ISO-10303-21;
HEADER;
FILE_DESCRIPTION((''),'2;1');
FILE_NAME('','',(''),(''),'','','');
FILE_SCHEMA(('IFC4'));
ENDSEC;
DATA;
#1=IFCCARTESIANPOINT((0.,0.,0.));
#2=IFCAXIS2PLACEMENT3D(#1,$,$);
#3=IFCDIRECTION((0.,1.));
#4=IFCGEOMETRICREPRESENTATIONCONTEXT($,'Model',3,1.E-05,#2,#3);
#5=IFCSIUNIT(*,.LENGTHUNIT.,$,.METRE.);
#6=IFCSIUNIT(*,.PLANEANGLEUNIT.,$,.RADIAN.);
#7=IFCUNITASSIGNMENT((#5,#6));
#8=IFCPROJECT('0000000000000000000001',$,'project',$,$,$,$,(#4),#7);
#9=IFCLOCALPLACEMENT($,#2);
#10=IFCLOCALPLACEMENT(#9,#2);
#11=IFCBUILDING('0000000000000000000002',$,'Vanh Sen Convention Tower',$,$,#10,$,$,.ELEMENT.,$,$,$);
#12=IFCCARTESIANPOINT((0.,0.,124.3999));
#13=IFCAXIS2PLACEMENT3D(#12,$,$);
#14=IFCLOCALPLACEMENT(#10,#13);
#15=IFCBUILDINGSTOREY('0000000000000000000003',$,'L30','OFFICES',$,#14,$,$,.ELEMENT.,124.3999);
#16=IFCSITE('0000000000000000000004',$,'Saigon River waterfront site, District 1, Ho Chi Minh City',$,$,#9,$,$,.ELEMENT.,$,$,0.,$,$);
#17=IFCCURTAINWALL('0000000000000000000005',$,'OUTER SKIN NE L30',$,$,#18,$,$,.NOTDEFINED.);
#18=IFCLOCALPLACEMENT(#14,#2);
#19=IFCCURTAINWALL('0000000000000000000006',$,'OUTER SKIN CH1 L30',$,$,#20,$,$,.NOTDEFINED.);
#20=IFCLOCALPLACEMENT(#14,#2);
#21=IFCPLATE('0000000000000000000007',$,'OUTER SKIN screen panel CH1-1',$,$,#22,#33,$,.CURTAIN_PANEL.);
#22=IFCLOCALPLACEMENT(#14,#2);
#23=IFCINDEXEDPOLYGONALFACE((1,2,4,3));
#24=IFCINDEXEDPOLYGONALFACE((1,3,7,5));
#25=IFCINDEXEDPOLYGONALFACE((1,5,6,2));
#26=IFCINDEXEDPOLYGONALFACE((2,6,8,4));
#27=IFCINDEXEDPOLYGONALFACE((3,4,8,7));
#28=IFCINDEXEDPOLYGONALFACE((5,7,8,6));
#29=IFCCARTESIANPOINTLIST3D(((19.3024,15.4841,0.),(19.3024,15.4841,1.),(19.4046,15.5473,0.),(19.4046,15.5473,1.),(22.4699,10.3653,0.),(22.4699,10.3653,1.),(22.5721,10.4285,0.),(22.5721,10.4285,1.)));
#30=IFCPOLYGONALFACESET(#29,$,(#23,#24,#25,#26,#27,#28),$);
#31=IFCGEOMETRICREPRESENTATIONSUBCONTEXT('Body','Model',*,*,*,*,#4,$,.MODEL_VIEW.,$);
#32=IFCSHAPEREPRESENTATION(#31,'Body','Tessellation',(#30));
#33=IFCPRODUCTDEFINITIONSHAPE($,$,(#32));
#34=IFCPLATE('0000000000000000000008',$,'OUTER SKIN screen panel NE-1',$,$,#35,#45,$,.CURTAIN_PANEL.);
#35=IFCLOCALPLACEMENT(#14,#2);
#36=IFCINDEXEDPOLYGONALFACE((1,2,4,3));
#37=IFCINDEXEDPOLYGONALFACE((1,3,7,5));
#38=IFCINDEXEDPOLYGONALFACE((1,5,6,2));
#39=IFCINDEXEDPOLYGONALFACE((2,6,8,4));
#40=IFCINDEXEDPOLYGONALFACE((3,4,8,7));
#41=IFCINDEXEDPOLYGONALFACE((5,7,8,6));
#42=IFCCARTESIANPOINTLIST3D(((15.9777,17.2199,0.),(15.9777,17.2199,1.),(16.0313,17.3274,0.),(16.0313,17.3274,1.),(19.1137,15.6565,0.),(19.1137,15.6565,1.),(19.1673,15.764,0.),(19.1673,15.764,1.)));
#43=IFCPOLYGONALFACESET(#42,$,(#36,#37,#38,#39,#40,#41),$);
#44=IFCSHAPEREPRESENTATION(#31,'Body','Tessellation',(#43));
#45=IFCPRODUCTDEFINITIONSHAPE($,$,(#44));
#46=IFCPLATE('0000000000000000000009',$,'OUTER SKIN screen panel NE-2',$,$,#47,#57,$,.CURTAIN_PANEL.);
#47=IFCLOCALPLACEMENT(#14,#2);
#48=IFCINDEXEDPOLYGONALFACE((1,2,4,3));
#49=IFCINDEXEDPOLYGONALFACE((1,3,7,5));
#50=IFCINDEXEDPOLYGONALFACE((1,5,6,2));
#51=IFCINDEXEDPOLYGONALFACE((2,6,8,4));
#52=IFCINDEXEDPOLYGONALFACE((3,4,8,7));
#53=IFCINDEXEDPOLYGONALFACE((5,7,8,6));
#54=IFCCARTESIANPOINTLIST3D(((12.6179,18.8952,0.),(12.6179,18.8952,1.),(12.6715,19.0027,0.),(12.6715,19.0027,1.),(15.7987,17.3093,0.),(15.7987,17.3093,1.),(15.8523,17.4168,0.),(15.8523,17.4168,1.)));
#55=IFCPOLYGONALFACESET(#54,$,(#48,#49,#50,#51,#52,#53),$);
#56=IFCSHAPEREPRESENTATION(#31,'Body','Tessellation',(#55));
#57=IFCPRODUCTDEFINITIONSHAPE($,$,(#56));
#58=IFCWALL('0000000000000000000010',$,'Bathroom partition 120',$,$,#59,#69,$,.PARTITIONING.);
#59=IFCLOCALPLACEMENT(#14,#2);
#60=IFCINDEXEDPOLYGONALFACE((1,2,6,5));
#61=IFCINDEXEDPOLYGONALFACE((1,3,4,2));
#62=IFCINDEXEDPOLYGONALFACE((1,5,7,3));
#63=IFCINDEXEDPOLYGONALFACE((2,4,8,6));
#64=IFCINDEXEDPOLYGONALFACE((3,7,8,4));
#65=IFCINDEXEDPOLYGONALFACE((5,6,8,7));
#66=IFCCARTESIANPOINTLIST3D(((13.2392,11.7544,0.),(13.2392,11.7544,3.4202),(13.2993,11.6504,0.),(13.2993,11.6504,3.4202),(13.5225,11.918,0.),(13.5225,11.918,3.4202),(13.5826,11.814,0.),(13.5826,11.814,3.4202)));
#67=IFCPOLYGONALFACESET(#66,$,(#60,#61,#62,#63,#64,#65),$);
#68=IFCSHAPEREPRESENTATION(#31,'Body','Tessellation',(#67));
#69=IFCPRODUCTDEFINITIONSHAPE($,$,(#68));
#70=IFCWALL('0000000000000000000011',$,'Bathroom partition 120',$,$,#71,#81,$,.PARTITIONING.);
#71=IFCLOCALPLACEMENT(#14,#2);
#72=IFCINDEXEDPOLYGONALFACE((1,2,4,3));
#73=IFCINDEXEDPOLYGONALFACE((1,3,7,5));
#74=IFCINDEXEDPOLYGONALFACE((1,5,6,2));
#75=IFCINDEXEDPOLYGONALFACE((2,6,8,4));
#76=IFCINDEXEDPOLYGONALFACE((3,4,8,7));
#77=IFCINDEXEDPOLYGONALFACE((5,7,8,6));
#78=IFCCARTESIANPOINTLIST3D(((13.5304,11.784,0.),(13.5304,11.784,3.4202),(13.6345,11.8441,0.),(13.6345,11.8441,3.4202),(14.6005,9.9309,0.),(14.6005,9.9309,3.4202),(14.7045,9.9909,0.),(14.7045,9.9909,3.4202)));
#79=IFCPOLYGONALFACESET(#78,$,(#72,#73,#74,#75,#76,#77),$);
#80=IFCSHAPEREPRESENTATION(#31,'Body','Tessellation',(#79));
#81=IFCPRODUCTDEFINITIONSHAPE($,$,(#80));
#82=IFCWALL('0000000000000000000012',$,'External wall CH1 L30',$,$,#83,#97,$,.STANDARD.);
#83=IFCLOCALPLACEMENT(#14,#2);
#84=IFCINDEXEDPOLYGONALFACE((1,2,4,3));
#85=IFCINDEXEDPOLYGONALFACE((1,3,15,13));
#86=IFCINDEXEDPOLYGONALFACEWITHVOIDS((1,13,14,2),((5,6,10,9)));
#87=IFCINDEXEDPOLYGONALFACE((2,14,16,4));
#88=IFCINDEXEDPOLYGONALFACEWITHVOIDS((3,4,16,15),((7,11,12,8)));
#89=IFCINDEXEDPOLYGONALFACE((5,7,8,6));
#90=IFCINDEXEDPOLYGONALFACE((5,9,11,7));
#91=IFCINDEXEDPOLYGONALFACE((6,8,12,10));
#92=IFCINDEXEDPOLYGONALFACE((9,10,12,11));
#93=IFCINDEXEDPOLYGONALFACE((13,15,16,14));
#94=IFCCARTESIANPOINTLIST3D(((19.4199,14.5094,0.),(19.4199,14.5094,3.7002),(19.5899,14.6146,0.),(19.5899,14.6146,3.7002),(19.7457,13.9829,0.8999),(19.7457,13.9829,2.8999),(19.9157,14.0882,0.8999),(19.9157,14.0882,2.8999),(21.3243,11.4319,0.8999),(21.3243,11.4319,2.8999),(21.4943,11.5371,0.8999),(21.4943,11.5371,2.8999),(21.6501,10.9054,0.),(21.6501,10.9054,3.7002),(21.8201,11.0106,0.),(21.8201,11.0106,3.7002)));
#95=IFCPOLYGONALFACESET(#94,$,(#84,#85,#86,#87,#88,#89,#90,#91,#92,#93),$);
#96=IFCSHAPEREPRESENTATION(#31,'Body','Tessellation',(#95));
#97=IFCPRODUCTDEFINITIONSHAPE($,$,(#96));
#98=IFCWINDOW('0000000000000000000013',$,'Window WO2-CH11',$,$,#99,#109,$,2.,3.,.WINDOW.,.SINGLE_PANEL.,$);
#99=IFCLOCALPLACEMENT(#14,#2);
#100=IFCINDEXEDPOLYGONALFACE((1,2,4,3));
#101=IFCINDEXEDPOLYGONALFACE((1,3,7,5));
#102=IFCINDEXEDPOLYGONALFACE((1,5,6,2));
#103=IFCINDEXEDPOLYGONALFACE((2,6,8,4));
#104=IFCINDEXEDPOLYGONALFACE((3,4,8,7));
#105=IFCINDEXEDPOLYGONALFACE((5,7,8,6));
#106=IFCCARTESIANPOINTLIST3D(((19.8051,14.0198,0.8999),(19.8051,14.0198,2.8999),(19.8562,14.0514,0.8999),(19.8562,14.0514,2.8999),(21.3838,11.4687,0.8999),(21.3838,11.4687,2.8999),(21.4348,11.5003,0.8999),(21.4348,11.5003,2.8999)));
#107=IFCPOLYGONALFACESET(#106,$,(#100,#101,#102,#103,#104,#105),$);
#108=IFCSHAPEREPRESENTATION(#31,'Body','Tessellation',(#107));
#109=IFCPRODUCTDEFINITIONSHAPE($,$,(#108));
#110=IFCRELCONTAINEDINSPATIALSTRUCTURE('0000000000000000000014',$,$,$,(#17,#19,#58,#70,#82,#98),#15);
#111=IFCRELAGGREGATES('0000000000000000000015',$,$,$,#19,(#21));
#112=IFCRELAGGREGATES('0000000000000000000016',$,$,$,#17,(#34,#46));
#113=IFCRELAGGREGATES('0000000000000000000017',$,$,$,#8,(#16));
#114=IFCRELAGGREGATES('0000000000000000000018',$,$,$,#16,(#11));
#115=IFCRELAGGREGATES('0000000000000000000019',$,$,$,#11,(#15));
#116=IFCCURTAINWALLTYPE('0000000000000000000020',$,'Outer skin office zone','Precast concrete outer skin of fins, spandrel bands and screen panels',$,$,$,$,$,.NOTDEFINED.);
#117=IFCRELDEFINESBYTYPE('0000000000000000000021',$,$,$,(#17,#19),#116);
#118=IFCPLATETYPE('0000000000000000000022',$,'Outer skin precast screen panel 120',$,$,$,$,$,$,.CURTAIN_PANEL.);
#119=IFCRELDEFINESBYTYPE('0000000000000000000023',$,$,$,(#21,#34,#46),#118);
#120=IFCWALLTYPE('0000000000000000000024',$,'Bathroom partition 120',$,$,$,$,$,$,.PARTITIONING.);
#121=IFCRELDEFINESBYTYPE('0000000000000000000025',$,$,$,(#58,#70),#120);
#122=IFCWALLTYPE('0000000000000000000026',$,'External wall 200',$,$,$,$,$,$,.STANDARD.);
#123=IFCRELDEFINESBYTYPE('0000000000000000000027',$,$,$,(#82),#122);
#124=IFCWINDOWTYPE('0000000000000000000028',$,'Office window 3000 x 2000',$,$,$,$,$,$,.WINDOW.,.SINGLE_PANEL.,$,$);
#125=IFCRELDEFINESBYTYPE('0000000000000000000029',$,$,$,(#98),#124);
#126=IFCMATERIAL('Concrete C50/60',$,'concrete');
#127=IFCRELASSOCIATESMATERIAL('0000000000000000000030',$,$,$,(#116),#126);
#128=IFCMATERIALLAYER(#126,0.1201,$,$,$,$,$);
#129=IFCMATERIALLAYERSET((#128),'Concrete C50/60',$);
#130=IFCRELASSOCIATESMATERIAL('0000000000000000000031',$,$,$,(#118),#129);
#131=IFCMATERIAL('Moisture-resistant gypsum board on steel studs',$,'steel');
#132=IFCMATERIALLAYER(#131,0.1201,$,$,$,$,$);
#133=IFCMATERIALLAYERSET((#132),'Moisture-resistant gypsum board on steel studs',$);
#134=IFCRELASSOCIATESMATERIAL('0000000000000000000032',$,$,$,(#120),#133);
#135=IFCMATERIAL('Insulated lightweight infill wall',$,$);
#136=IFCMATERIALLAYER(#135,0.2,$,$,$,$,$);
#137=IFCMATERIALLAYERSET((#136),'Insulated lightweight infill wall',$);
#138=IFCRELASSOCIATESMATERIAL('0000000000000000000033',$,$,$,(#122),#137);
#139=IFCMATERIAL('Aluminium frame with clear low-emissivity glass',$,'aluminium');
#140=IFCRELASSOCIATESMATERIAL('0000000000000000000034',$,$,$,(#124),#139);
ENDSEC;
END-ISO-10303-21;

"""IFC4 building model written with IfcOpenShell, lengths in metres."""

from ifc_helpers import new_model, si_unit, direction, frame, frame_2d, origin, origin_2d, place, context, subcontext, project, spatial, rectangle, extrude, material, layer, layer_set, type_object, element, fill, aggregate, save


model = new_model("IFC4")

# Units and contexts
model_context = context("Model", 3, precision=1e-05, world=origin(), true_north=direction((0.0, 1.0)))
body_context = subcontext(model_context, "Body", "Model", "MODEL_VIEW")
ifc_project = project(units=[si_unit("LENGTHUNIT", "METRE"), si_unit("PLANEANGLEUNIT", "RADIAN")], contexts=[model_context])

# Site, building, storey
site_placement = place(None, origin())
site = spatial("IfcSite", under=ifc_project, at=site_placement, Name="Saigon River waterfront site, District 1, Ho Chi Minh City", CompositionType="ELEMENT", RefElevation=0.0)
building_placement = place(site_placement, origin())
building = spatial("IfcBuilding", under=site, at=building_placement, Name="Vanh Sen Convention Tower", CompositionType="ELEMENT")
storey_placement = place(building_placement, frame((0.0, 0.0, 124.3999)))
storey = spatial("IfcBuildingStorey", under=building, at=storey_placement, Name="L30", Description="OFFICES", CompositionType="ELEMENT", Elevation=124.3999)

# Curtain wall
ifc_material_1 = material(Name="Concrete C50/60", Category="concrete")
curtain_wall_type = type_object("IfcCurtainWallType", Name="Outer skin office zone", Description="Precast concrete outer skin of fins, spandrel bands and screen panels", PredefinedType="NOTDEFINED", material=ifc_material_1)
curtain_wall_1_placement = place(storey_placement, origin())
curtain_wall_1 = element("IfcCurtainWall", 1, at=curtain_wall_1_placement, inside=storey, type_object=curtain_wall_type, Name="OUTER SKIN NE L30", PredefinedType="NOTDEFINED")

# Curtain wall, plate
curtain_wall_2_placement = place(storey_placement, origin())
curtain_wall_2 = element("IfcCurtainWall", 2, at=curtain_wall_2_placement, inside=storey, type_object=curtain_wall_type, Name="OUTER SKIN CH1 L30", PredefinedType="NOTDEFINED")
ifc_layer_1 = layer(ifc_material_1, 0.1201)
ifc_layer_set_1 = layer_set([ifc_layer_1], Name="Concrete C50/60")
plate_type = type_object("IfcPlateType", Name="Outer skin precast screen panel 120", PredefinedType="CURTAIN_PANEL", material=ifc_layer_set_1)
plate_1_placement = place(storey_placement, frame((20.9373, 12.9563, 0.0), z_axis=(0.0, 0.0, 1.0), x_axis=(-0.526204, 0.850359, 0.0)))
plate_1 = element("IfcPlate", 3, at=plate_1_placement, type_object=plate_type, Name="OUTER SKIN screen panel CH1-1", PredefinedType="CURTAIN_PANEL", context=body_context, shape_type="SweptSolid", body=[
    extrude(rectangle(XDim=6.0195, YDim=0.1201, at=origin_2d()), origin(), (0.0, 0.0, 1.0), 1.0),
])
aggregate(curtain_wall_2, [plate_1])

# Plates
plate_2_placement = place(storey_placement, frame((17.5725, 16.4919, 0.0), z_axis=(0.0, 0.0, 1.0), x_axis=(-0.894944, 0.446179, 0.0)))
plate_2 = element("IfcPlate", 4, at=plate_2_placement, type_object=plate_type, Name="OUTER SKIN screen panel NE-1", PredefinedType="CURTAIN_PANEL", context=body_context, shape_type="SweptSolid", body=[
    extrude(rectangle(XDim=3.5042, YDim=0.1201, at=origin_2d()), origin(), (0.0, 0.0, 1.0), 1.0),
])
plate_3_placement = place(storey_placement, frame((14.2351, 18.156, 0.0), z_axis=(0.0, 0.0, 1.0), x_axis=(-0.894933, 0.446201, 0.0)))
plate_3 = element("IfcPlate", 5, at=plate_3_placement, type_object=plate_type, Name="OUTER SKIN screen panel NE-2", PredefinedType="CURTAIN_PANEL", context=body_context, shape_type="SweptSolid", body=[
    extrude(rectangle(XDim=3.5542, YDim=0.1201, at=origin_2d()), origin(), (0.0, 0.0, 1.0), 1.0),
])
aggregate(curtain_wall_1, [plate_2, plate_3])

# Walls
ifc_material_2 = material(Name="Moisture-resistant gypsum board on steel studs", Category="steel")
ifc_layer_2 = layer(ifc_material_2, 0.1201)
ifc_layer_set_2 = layer_set([ifc_layer_2], Name="Moisture-resistant gypsum board on steel studs")
wall_type_1 = type_object("IfcWallType", Name="Bathroom partition 120", PredefinedType="PARTITIONING", material=ifc_layer_set_2)
wall_1_placement = place(storey_placement, frame((13.2693, 11.7024, 0.0), z_axis=(0.0, 0.0, 1.0), x_axis=(0.865937, 0.500153, 0.0)))
element("IfcWall", 6, at=wall_1_placement, inside=storey, type_object=wall_type_1, Name="Bathroom partition 120", PredefinedType="PARTITIONING", context=body_context, shape_type="SweptSolid", body=[
    extrude(rectangle(XDim=0.3271, YDim=0.1201, at=frame_2d((0.1636, 0.0))), origin(), (0.0, 0.0, 1.0), 3.4202),
])
wall_2_placement = place(storey_placement, frame((13.5825, 11.814, 0.0), z_axis=(0.0, 0.0, 1.0), x_axis=(0.500029, -0.866009, 0.0)))
element("IfcWall", 7, at=wall_2_placement, inside=storey, type_object=wall_type_1, Name="Bathroom partition 120", PredefinedType="PARTITIONING", context=body_context, shape_type="SweptSolid", body=[
    extrude(rectangle(XDim=2.1399, YDim=0.1201, at=frame_2d((1.0698, 0.0))), origin(), (0.0, 0.0, 1.0), 3.4202),
])

# Wall, opening, window
ifc_material_3 = material(Name="Insulated lightweight infill wall")
ifc_layer_3 = layer(ifc_material_3, 0.2)
ifc_layer_set_3 = layer_set([ifc_layer_3], Name="Insulated lightweight infill wall")
wall_type_2 = type_object("IfcWallType", Name="External wall 200", PredefinedType="STANDARD", material=ifc_layer_set_3)
wall_3_placement = place(storey_placement, frame((21.7351, 10.958, 0.0), z_axis=(0.0, 0.0, 1.0), x_axis=(-0.526214, 0.850352, 0.0)))
wall_3 = element("IfcWall", 8, at=wall_3_placement, inside=storey, type_object=wall_type_2, Name="External wall CH1 L30", PredefinedType="STANDARD", context=body_context, shape_type="SweptSolid", body=[
    extrude(rectangle(XDim=4.2383, YDim=0.2, at=frame_2d((2.1191, 0.0))), origin(), (0.0, 0.0, 1.0), 3.7002),
])
opening_1_placement = place(wall_3_placement, frame((0.6191, 0.0, 0.8999)))
opening_1 = element("IfcOpeningElement", 9, at=opening_1_placement, cuts=wall_3, PredefinedType="OPENING", context=body_context, shape_type="SweptSolid", body=[
    extrude(rectangle(XDim=3.0, YDim=2.0, at=frame_2d((1.5, 1.0))), frame((0.0, 0.1099, 0.0), z_axis=(0.0, -1.0, 0.0), x_axis=(1.0, 0.0, 0.0)), (0.0, 0.0, 1.0), 0.22),
])
ifc_material_4 = material(Name="Aluminium frame with clear low-emissivity glass", Category="aluminium")
window_type_1 = type_object("IfcWindowType", Name="Office window 3000 x 2000", PartitioningType="SINGLE_PANEL", PredefinedType="WINDOW", material=ifc_material_4)
window_1_placement = place(opening_1_placement, origin())
window_1 = element("IfcWindow", 10, at=window_1_placement, inside=storey, type_object=window_type_1, Name="Window WO2-CH11", OverallHeight=2.0, OverallWidth=3.0, PartitioningType="SINGLE_PANEL", PredefinedType="WINDOW", context=body_context, shape_type="SweptSolid", body=[
    extrude(rectangle(XDim=3.0, YDim=2.0, at=frame_2d((1.5, 1.0))), frame((0.0, 0.03, 0.0), z_axis=(0.0, -1.0, 0.0), x_axis=(1.0, 0.0, 0.0)), (0.0, 0.0, 1.0), 0.0601),
])
fill(opening_1, window_1)

save(model, "model.ifc")
